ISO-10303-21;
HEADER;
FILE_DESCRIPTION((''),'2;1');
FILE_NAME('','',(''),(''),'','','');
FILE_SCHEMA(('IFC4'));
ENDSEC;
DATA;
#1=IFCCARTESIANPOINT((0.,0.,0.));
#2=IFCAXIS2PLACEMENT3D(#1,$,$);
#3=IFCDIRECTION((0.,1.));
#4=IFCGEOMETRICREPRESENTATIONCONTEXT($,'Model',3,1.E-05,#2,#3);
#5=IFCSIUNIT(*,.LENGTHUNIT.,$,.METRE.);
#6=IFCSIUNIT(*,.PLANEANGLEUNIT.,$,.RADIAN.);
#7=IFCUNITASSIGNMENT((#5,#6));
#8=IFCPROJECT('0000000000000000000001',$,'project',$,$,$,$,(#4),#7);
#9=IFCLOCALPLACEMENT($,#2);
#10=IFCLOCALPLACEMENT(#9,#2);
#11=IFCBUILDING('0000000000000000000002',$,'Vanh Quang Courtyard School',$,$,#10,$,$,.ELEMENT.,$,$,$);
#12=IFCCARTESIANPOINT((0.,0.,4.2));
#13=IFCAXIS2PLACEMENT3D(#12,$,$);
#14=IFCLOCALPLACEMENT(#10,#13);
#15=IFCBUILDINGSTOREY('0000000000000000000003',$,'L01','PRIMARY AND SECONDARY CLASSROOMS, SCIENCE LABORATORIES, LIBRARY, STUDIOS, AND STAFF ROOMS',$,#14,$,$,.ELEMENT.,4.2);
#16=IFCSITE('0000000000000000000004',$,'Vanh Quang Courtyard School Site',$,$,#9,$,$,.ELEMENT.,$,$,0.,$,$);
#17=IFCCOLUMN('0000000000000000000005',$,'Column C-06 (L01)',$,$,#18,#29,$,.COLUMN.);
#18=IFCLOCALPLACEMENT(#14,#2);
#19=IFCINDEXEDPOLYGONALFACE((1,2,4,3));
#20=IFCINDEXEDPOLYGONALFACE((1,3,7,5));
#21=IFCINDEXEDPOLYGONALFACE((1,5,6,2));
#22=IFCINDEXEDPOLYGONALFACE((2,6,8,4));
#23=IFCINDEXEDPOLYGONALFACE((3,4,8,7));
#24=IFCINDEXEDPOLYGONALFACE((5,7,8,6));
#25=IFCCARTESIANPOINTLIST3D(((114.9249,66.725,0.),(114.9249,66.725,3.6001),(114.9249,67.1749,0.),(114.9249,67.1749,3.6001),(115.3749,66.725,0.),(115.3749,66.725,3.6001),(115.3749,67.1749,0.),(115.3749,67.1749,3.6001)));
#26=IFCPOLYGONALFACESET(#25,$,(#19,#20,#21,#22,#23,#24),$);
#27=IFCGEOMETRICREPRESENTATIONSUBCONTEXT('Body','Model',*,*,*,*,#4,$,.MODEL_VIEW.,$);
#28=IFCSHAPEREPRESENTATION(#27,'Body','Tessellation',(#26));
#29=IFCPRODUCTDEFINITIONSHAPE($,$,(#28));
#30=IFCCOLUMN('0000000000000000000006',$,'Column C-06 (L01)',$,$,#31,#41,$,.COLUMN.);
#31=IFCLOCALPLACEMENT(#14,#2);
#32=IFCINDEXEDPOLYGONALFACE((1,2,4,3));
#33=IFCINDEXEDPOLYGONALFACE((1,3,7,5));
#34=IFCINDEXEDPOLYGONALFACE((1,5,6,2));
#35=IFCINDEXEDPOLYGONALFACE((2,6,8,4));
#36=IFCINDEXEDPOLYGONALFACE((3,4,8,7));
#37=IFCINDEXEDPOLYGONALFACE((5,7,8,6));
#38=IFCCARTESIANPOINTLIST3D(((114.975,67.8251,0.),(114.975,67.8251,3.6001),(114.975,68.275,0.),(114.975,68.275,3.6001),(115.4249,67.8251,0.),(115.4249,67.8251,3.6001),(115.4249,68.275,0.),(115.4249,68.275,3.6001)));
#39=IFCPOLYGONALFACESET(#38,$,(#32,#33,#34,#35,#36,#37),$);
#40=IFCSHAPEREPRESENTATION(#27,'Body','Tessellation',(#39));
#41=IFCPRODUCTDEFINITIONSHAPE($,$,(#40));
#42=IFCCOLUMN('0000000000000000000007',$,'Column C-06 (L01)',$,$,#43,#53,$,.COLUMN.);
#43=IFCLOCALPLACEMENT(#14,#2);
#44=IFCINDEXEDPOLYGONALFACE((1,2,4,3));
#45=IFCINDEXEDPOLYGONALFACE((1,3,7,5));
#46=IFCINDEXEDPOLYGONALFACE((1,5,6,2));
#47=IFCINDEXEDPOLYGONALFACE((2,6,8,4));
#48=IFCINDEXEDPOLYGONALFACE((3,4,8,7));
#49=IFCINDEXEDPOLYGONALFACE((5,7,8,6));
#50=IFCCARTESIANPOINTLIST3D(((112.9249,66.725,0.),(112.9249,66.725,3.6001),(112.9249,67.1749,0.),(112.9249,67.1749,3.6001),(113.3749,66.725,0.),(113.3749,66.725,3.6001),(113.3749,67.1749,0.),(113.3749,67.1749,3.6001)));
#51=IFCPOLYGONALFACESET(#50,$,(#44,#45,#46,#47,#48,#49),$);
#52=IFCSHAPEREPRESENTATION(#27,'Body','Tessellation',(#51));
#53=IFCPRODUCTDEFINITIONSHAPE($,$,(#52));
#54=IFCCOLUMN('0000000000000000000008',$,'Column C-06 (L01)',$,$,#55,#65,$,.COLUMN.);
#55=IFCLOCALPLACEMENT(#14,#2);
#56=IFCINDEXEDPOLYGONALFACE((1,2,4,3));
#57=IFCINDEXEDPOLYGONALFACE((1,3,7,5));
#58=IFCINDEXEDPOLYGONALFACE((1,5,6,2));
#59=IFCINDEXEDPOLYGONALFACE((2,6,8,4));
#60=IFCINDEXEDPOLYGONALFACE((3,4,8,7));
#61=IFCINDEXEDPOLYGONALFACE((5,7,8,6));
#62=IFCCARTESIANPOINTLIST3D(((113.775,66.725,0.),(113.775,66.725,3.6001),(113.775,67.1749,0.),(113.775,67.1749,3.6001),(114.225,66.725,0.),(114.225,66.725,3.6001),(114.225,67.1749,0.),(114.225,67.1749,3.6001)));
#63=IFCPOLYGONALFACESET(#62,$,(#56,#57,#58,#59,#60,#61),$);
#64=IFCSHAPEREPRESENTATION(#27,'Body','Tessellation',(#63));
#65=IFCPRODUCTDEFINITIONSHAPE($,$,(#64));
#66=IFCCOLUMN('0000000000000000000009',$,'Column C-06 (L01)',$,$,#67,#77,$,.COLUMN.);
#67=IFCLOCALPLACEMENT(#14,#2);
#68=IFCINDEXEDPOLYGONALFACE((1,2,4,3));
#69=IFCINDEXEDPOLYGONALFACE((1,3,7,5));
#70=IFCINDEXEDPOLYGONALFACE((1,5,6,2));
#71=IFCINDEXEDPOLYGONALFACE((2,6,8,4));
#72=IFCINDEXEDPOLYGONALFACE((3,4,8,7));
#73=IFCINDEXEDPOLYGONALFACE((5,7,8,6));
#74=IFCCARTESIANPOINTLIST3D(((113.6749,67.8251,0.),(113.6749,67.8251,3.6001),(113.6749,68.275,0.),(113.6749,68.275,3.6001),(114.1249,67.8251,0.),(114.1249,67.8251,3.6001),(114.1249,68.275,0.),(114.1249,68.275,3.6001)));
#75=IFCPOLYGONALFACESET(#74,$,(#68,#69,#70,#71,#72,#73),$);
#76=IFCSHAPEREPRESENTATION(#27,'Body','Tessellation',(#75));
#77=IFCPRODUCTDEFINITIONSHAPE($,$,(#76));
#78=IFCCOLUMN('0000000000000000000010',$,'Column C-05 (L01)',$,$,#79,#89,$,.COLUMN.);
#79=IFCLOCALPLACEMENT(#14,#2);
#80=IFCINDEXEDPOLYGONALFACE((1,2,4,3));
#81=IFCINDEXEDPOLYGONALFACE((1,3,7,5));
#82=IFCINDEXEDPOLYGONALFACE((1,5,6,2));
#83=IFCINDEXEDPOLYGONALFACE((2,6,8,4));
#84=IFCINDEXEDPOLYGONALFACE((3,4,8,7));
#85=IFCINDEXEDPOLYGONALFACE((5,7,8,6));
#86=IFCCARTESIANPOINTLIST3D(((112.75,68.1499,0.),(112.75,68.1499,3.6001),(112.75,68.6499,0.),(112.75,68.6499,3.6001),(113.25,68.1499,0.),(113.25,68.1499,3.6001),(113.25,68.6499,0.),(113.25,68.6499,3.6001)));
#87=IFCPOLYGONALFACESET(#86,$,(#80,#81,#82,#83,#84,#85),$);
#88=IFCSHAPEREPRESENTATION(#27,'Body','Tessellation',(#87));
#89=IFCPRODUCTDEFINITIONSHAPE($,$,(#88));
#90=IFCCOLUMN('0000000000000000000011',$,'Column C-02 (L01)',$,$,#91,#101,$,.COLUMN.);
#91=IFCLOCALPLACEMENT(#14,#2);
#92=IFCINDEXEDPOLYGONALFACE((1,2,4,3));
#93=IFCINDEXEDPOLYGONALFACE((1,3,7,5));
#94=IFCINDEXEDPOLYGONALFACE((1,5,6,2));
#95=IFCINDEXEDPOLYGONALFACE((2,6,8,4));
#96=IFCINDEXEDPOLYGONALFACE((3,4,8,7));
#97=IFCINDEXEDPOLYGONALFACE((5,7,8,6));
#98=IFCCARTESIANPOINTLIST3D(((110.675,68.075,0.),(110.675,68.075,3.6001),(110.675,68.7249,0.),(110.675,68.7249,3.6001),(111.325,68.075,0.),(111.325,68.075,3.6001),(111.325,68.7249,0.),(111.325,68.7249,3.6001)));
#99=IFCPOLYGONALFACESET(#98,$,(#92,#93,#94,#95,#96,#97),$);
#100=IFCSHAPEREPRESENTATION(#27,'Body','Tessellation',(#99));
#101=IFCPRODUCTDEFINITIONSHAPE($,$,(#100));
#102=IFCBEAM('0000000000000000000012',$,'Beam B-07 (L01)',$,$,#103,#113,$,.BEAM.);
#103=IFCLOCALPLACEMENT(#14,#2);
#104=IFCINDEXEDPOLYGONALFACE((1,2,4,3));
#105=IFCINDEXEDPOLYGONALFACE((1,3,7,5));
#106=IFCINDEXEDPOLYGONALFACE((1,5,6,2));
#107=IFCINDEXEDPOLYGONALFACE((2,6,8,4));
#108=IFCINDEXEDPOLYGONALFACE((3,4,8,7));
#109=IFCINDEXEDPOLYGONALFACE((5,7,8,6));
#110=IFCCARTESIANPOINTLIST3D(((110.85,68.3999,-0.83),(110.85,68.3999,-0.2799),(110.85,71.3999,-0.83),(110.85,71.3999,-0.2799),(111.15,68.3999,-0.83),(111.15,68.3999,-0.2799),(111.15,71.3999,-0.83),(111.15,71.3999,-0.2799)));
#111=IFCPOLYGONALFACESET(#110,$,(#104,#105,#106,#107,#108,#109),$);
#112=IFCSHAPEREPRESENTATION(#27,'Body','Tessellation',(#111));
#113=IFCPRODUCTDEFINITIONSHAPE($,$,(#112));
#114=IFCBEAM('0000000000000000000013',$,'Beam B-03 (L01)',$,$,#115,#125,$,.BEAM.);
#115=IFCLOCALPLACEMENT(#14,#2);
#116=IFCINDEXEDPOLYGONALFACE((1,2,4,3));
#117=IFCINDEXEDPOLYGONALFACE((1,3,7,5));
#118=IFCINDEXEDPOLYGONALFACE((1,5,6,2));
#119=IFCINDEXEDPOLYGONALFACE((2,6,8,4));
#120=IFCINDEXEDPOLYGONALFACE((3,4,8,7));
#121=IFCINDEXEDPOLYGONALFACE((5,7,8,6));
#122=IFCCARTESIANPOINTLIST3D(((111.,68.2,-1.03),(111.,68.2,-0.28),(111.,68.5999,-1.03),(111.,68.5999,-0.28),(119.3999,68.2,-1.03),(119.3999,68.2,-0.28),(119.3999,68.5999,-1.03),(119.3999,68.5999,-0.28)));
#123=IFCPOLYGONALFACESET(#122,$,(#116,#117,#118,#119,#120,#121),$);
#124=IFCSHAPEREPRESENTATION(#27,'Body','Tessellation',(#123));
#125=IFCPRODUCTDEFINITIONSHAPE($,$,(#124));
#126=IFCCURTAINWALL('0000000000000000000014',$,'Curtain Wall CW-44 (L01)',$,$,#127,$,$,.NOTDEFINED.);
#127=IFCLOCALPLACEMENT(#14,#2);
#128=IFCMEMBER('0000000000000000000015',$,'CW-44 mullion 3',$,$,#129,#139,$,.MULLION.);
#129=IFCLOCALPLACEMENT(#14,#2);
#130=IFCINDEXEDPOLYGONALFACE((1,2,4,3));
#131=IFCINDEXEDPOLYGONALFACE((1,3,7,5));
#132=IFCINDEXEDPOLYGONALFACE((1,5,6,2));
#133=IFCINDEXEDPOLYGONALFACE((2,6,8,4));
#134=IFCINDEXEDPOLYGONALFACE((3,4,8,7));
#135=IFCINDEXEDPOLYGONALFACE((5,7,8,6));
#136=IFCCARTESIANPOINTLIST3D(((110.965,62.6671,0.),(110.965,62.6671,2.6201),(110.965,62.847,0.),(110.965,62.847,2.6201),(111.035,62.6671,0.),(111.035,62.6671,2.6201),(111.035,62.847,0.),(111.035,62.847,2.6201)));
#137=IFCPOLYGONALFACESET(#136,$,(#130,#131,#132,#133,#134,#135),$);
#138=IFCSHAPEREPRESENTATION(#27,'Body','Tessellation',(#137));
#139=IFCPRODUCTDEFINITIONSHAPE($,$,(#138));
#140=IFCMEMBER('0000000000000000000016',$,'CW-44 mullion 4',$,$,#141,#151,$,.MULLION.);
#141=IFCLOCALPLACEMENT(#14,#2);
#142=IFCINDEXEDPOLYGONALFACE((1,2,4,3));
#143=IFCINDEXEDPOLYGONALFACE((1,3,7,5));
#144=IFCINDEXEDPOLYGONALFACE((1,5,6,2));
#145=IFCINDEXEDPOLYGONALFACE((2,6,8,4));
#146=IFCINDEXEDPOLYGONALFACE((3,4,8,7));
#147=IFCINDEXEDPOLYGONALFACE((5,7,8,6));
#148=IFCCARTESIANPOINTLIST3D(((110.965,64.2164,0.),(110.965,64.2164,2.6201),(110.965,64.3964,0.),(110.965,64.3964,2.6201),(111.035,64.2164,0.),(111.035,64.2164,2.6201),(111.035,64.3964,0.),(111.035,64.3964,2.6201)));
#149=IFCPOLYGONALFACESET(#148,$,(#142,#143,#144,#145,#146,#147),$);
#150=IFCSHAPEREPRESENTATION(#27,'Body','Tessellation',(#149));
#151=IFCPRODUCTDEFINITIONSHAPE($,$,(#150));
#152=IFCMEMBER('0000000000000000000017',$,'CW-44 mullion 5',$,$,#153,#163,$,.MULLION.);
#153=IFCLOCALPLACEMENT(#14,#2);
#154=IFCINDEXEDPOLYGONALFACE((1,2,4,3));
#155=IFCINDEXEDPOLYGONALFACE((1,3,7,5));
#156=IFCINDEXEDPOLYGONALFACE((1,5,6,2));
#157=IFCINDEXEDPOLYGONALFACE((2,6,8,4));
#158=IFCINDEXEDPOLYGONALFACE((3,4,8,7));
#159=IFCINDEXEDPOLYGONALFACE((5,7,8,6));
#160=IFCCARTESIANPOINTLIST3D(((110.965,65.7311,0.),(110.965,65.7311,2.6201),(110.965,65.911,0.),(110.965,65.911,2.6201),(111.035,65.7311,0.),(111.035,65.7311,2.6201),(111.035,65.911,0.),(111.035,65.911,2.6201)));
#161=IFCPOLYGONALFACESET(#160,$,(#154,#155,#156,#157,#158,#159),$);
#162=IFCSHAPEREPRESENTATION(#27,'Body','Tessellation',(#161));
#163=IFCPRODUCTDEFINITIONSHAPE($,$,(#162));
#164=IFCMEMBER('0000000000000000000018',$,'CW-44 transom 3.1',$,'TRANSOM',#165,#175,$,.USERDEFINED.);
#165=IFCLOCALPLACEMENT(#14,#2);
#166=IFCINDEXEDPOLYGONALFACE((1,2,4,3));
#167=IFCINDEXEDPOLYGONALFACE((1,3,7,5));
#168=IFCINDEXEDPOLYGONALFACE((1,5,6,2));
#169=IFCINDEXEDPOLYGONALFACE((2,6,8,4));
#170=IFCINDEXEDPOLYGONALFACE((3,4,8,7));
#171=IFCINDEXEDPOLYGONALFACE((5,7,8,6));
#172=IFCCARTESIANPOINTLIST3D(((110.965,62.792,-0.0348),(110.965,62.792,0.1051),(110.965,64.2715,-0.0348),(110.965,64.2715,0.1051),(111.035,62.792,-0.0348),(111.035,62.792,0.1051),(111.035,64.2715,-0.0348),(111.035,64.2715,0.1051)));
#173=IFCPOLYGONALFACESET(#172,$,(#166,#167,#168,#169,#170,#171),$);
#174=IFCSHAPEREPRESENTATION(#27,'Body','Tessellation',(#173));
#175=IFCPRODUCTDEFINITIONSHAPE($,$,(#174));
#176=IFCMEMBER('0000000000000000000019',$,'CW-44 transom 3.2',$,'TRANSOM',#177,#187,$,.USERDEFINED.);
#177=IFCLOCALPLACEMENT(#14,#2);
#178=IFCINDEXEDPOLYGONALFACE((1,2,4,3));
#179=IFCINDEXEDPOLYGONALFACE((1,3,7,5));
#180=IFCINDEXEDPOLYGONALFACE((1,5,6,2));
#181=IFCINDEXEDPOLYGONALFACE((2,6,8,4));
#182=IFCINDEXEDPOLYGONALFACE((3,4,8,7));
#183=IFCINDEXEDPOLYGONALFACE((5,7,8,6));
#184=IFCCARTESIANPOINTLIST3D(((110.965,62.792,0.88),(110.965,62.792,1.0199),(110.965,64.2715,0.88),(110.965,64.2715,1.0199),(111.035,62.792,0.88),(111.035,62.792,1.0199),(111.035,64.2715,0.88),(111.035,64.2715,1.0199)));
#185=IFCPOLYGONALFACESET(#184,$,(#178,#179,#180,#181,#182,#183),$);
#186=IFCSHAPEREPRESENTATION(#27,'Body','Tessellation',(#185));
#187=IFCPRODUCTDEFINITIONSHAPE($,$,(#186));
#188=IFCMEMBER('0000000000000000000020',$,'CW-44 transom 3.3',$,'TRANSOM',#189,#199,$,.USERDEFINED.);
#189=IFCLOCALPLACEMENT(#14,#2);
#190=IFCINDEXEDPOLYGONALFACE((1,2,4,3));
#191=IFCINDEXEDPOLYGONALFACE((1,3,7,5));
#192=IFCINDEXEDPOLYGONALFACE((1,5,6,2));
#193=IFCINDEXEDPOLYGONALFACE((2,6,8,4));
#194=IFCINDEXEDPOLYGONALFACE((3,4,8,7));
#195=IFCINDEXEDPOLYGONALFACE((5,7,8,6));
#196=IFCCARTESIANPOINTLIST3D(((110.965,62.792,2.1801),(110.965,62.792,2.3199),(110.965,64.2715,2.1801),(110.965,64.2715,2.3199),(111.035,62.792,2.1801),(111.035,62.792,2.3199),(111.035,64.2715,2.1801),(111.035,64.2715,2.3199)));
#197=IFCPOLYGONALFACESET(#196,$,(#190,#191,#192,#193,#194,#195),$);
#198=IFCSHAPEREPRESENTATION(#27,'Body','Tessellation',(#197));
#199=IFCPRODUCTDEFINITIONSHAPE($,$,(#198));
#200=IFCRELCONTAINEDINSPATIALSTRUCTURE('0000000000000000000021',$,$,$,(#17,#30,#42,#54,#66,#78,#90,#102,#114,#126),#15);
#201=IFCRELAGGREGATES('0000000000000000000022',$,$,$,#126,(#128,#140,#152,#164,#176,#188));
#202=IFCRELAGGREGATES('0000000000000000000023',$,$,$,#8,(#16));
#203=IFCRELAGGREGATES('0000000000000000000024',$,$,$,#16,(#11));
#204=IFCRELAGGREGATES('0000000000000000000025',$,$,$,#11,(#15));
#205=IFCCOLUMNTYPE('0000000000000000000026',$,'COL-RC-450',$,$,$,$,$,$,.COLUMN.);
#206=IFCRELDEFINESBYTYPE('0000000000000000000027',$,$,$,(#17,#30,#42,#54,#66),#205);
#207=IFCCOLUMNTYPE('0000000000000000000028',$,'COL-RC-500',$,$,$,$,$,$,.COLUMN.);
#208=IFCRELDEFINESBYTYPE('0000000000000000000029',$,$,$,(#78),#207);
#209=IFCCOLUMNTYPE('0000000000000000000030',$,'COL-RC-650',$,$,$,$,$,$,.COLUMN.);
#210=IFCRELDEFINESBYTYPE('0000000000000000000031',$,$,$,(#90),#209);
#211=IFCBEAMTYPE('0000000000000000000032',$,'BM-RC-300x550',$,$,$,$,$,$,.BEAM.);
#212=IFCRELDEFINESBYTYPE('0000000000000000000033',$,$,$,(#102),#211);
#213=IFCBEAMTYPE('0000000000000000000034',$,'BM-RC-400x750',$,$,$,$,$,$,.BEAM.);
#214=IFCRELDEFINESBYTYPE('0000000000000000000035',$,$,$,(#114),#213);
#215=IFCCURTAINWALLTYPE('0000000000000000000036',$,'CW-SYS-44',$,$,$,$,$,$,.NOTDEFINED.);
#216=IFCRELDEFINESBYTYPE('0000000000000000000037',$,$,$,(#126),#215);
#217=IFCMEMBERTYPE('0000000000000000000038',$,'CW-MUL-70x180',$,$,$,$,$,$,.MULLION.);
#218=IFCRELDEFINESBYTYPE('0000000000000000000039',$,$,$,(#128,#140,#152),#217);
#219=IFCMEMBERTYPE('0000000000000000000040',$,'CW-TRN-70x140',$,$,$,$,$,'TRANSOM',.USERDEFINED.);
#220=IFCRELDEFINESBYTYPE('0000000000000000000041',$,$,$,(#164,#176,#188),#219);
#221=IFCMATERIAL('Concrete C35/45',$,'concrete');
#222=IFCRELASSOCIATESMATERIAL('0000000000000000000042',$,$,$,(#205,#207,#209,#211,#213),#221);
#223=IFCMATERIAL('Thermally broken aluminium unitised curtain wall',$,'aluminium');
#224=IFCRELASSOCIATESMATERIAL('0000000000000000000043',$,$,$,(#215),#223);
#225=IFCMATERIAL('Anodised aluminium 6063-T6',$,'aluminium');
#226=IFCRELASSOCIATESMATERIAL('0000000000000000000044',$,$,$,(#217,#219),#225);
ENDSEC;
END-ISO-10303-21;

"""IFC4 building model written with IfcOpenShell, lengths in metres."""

from ifc_helpers import new_model, si_unit, direction, frame, origin, origin_2d, place, context, subcontext, project, spatial, rectangle, extrude, material, material_profile, profile_set, type_object, element, aggregate, save


model = new_model("IFC4")

# Units and contexts
model_context = context("Model", 3, precision=1e-05, world=origin(), true_north=direction((0.0, 1.0)))
body_context = subcontext(model_context, "Body", "Model", "MODEL_VIEW")
ifc_project = project(units=[si_unit("LENGTHUNIT", "METRE"), si_unit("PLANEANGLEUNIT", "RADIAN")], contexts=[model_context])

# Site, building, storey
site_placement = place(None, origin())
site = spatial("IfcSite", under=ifc_project, at=site_placement, Name="Vanh Quang Courtyard School Site", CompositionType="ELEMENT", RefElevation=0.0)
building_placement = place(site_placement, origin())
building = spatial("IfcBuilding", under=site, at=building_placement, Name="Vanh Quang Courtyard School", CompositionType="ELEMENT")
storey_placement = place(building_placement, frame((0.0, 0.0, 4.2)))
storey = spatial("IfcBuildingStorey", under=building, at=storey_placement, Name="L01", Description="PRIMARY AND SECONDARY CLASSROOMS, SCIENCE LABORATORIES, LIBRARY, STUDIOS, AND STAFF ROOMS", CompositionType="ELEMENT", Elevation=4.2)

# Columns
ifc_material_1 = material(Name="Concrete C35/45", Category="concrete")
ifc_material_profile_1 = material_profile(ifc_material_1, rectangle(XDim=0.45, YDim=0.45, at=origin_2d()), Name="RC-COL 450x450")
ifc_profile_set_1 = profile_set([ifc_material_profile_1], Name="Concrete C35/45")
column_type_1 = type_object("IfcColumnType", Name="COL-RC-450", PredefinedType="COLUMN", material=ifc_profile_set_1)
for number, where, z_axis, x_axis, name in (
    (1, (115.1499, 66.95, 0.0), (0.0, 0.0, 1.0), (1.0, 0.0, 0.0), "Column C-06 (L01)"),
    (2, (115.2, 68.05, 0.0), (0.0, 0.0, 1.0), (1.0, 0.0, 0.0), "Column C-06 (L01)"),
    (3, (113.1499, 66.95, 0.0), (0.0, 0.0, 1.0), (1.0, 0.0, 0.0), "Column C-06 (L01)"),
    (4, (114.0, 66.95, 0.0), (0.0, 0.0, 1.0), (1.0, 0.0, 0.0), "Column C-06 (L01)"),
    (5, (113.8999, 68.05, 0.0), (0.0, 0.0, 1.0), (1.0, 0.0, 0.0), "Column C-06 (L01)"),
):
    element("IfcColumn", number, at=place(storey_placement, frame(where, z_axis=z_axis, x_axis=x_axis)), inside=storey, type_object=column_type_1, Name=name, PredefinedType="COLUMN", context=body_context, shape_type="SweptSolid", body=[
        extrude(rectangle(XDim=0.45, YDim=0.45, at=origin_2d()), origin(), (0.0, 0.0, 1.0), 3.6001),
    ])
ifc_material_profile_2 = material_profile(ifc_material_1, rectangle(XDim=0.5, YDim=0.5, at=origin_2d()), Name="RC-COL 500x500")
ifc_profile_set_2 = profile_set([ifc_material_profile_2], Name="Concrete C35/45")
column_type_2 = type_object("IfcColumnType", Name="COL-RC-500", PredefinedType="COLUMN", material=ifc_profile_set_2)
column_1_placement = place(storey_placement, frame((113.0, 68.3999, 0.0), z_axis=(0.0, 0.0, 1.0), x_axis=(1.0, 0.0, 0.0)))
element("IfcColumn", 6, at=column_1_placement, inside=storey, type_object=column_type_2, Name="Column C-05 (L01)", PredefinedType="COLUMN", context=body_context, shape_type="SweptSolid", body=[
    extrude(rectangle(XDim=0.5, YDim=0.5, at=origin_2d()), origin(), (0.0, 0.0, 1.0), 3.6001),
])
ifc_material_profile_3 = material_profile(ifc_material_1, rectangle(XDim=0.6499, YDim=0.6499, at=origin_2d()), Name="RC-COL 650x650")
ifc_profile_set_3 = profile_set([ifc_material_profile_3], Name="Concrete C35/45")
column_type_3 = type_object("IfcColumnType", Name="COL-RC-650", PredefinedType="COLUMN", material=ifc_profile_set_3)
column_2_placement = place(storey_placement, frame((111.0, 68.3999, 0.0), z_axis=(0.0, 0.0, 1.0), x_axis=(1.0, 0.0, 0.0)))
element("IfcColumn", 7, at=column_2_placement, inside=storey, type_object=column_type_3, Name="Column C-02 (L01)", PredefinedType="COLUMN", context=body_context, shape_type="SweptSolid", body=[
    extrude(rectangle(XDim=0.6499, YDim=0.6499, at=origin_2d()), origin(), (0.0, 0.0, 1.0), 3.6001),
])

# Beams
ifc_material_profile_4 = material_profile(ifc_material_1, rectangle(XDim=0.3, YDim=0.55, at=origin_2d()), Name="RC-BM 300x550")
ifc_profile_set_4 = profile_set([ifc_material_profile_4], Name="Concrete C35/45")
beam_type_1 = type_object("IfcBeamType", Name="BM-RC-300x550", PredefinedType="BEAM", material=ifc_profile_set_4)
beam_1_placement = place(storey_placement, frame((111.0, 68.3999, -0.5549), z_axis=(0.0, 1.0, 0.0), x_axis=(-1.0, 0.0, 0.0)))
element("IfcBeam", 8, at=beam_1_placement, inside=storey, type_object=beam_type_1, Name="Beam B-07 (L01)", PredefinedType="BEAM", context=body_context, shape_type="SweptSolid", body=[
    extrude(rectangle(XDim=0.3, YDim=0.55, at=origin_2d()), origin(), (0.0, 0.0, 1.0), 3.0),
])
ifc_material_profile_5 = material_profile(ifc_material_1, rectangle(XDim=0.3999, YDim=0.75, at=origin_2d()), Name="RC-BM 400x750")
ifc_profile_set_5 = profile_set([ifc_material_profile_5], Name="Concrete C35/45")
beam_type_2 = type_object("IfcBeamType", Name="BM-RC-400x750", PredefinedType="BEAM", material=ifc_profile_set_5)
beam_2_placement = place(storey_placement, frame((111.0, 68.3999, -0.655), z_axis=(1.0, 0.0, 0.0), x_axis=(0.0, 1.0, 0.0)))
element("IfcBeam", 9, at=beam_2_placement, inside=storey, type_object=beam_type_2, Name="Beam B-03 (L01)", PredefinedType="BEAM", context=body_context, shape_type="SweptSolid", body=[
    extrude(rectangle(XDim=0.3999, YDim=0.75, at=origin_2d()), origin(), (0.0, 0.0, 1.0), 8.3999),
])

# Curtain wall, members
ifc_material_2 = material(Name="Thermally broken aluminium unitised curtain wall", Category="aluminium")
curtain_wall_type = type_object("IfcCurtainWallType", Name="CW-SYS-44", PredefinedType="NOTDEFINED", material=ifc_material_2)
curtain_wall_placement = place(storey_placement, origin())
curtain_wall = element("IfcCurtainWall", 10, at=curtain_wall_placement, inside=storey, type_object=curtain_wall_type, Name="Curtain Wall CW-44 (L01)", PredefinedType="NOTDEFINED")
ifc_material_3 = material(Name="Anodised aluminium 6063-T6", Category="aluminium")
ifc_material_profile_6 = material_profile(ifc_material_3, rectangle(XDim=0.0701, YDim=0.1799, at=origin_2d()), Name="ALU-MUL 70x180")
ifc_profile_set_6 = profile_set([ifc_material_profile_6], Name="Anodised aluminium 6063-T6")
member_type_1 = type_object("IfcMemberType", Name="CW-MUL-70x180", PredefinedType="MULLION", material=ifc_profile_set_6)
member_1_placement = place(storey_placement, frame((111.0, 62.7571, 0.0), z_axis=(0.0, 0.0, 1.0), x_axis=(-1.0, 0.0, 0.0)))
member_1 = element("IfcMember", 11, at=member_1_placement, type_object=member_type_1, Name="CW-44 mullion 3", PredefinedType="MULLION", context=body_context, shape_type="SweptSolid", body=[
    extrude(rectangle(XDim=0.0701, YDim=0.1799, at=origin_2d()), origin(), (0.0, 0.0, 1.0), 2.6201),
])
member_2_placement = place(storey_placement, frame((111.0, 64.3064, 0.0), z_axis=(0.0, 0.0, 1.0), x_axis=(-1.0, 0.0, 0.0)))
member_2 = element("IfcMember", 12, at=member_2_placement, type_object=member_type_1, Name="CW-44 mullion 4", PredefinedType="MULLION", context=body_context, shape_type="SweptSolid", body=[
    extrude(rectangle(XDim=0.0701, YDim=0.1799, at=origin_2d()), origin(), (0.0, 0.0, 1.0), 2.6201),
])
member_3_placement = place(storey_placement, frame((111.0, 65.821, 0.0), z_axis=(0.0, 0.0, 1.0), x_axis=(-1.0, 0.0, 0.0)))
member_3 = element("IfcMember", 13, at=member_3_placement, type_object=member_type_1, Name="CW-44 mullion 5", PredefinedType="MULLION", context=body_context, shape_type="SweptSolid", body=[
    extrude(rectangle(XDim=0.0701, YDim=0.1799, at=origin_2d()), origin(), (0.0, 0.0, 1.0), 2.6201),
])
ifc_material_profile_7 = material_profile(ifc_material_3, rectangle(XDim=0.0701, YDim=0.1399, at=origin_2d()), Name="ALU-TRN 70x140")
ifc_profile_set_7 = profile_set([ifc_material_profile_7], Name="Anodised aluminium 6063-T6")
member_type_2 = type_object("IfcMemberType", Name="CW-TRN-70x140", ElementType="TRANSOM", PredefinedType="USERDEFINED", material=ifc_profile_set_7)
member_4_placement = place(storey_placement, frame((111.0, 62.792, 0.0352), z_axis=(0.0, 1.0, 0.0), x_axis=(-1.0, 0.0, 0.0)))
member_4 = element("IfcMember", 14, at=member_4_placement, type_object=member_type_2, Name="CW-44 transom 3.1", ObjectType="TRANSOM", PredefinedType="USERDEFINED", context=body_context, shape_type="SweptSolid", body=[
    extrude(rectangle(XDim=0.0701, YDim=0.1399, at=origin_2d()), origin(), (0.0, 0.0, 1.0), 1.4795),
])
member_5_placement = place(storey_placement, frame((111.0, 62.792, 0.95), z_axis=(0.0, 1.0, 0.0), x_axis=(-1.0, 0.0, 0.0)))
member_5 = element("IfcMember", 15, at=member_5_placement, type_object=member_type_2, Name="CW-44 transom 3.2", ObjectType="TRANSOM", PredefinedType="USERDEFINED", context=body_context, shape_type="SweptSolid", body=[
    extrude(rectangle(XDim=0.0701, YDim=0.1399, at=origin_2d()), origin(), (0.0, 0.0, 1.0), 1.4795),
])
member_6_placement = place(storey_placement, frame((111.0, 62.792, 2.25), z_axis=(0.0, 1.0, 0.0), x_axis=(-1.0, 0.0, 0.0)))
member_6 = element("IfcMember", 16, at=member_6_placement, type_object=member_type_2, Name="CW-44 transom 3.3", ObjectType="TRANSOM", PredefinedType="USERDEFINED", context=body_context, shape_type="SweptSolid", body=[
    extrude(rectangle(XDim=0.0701, YDim=0.1399, at=origin_2d()), origin(), (0.0, 0.0, 1.0), 1.4795),
])

aggregate(curtain_wall, [member_1, member_2, member_3, member_4, member_5, member_6])

save(model, "model.ifc")
